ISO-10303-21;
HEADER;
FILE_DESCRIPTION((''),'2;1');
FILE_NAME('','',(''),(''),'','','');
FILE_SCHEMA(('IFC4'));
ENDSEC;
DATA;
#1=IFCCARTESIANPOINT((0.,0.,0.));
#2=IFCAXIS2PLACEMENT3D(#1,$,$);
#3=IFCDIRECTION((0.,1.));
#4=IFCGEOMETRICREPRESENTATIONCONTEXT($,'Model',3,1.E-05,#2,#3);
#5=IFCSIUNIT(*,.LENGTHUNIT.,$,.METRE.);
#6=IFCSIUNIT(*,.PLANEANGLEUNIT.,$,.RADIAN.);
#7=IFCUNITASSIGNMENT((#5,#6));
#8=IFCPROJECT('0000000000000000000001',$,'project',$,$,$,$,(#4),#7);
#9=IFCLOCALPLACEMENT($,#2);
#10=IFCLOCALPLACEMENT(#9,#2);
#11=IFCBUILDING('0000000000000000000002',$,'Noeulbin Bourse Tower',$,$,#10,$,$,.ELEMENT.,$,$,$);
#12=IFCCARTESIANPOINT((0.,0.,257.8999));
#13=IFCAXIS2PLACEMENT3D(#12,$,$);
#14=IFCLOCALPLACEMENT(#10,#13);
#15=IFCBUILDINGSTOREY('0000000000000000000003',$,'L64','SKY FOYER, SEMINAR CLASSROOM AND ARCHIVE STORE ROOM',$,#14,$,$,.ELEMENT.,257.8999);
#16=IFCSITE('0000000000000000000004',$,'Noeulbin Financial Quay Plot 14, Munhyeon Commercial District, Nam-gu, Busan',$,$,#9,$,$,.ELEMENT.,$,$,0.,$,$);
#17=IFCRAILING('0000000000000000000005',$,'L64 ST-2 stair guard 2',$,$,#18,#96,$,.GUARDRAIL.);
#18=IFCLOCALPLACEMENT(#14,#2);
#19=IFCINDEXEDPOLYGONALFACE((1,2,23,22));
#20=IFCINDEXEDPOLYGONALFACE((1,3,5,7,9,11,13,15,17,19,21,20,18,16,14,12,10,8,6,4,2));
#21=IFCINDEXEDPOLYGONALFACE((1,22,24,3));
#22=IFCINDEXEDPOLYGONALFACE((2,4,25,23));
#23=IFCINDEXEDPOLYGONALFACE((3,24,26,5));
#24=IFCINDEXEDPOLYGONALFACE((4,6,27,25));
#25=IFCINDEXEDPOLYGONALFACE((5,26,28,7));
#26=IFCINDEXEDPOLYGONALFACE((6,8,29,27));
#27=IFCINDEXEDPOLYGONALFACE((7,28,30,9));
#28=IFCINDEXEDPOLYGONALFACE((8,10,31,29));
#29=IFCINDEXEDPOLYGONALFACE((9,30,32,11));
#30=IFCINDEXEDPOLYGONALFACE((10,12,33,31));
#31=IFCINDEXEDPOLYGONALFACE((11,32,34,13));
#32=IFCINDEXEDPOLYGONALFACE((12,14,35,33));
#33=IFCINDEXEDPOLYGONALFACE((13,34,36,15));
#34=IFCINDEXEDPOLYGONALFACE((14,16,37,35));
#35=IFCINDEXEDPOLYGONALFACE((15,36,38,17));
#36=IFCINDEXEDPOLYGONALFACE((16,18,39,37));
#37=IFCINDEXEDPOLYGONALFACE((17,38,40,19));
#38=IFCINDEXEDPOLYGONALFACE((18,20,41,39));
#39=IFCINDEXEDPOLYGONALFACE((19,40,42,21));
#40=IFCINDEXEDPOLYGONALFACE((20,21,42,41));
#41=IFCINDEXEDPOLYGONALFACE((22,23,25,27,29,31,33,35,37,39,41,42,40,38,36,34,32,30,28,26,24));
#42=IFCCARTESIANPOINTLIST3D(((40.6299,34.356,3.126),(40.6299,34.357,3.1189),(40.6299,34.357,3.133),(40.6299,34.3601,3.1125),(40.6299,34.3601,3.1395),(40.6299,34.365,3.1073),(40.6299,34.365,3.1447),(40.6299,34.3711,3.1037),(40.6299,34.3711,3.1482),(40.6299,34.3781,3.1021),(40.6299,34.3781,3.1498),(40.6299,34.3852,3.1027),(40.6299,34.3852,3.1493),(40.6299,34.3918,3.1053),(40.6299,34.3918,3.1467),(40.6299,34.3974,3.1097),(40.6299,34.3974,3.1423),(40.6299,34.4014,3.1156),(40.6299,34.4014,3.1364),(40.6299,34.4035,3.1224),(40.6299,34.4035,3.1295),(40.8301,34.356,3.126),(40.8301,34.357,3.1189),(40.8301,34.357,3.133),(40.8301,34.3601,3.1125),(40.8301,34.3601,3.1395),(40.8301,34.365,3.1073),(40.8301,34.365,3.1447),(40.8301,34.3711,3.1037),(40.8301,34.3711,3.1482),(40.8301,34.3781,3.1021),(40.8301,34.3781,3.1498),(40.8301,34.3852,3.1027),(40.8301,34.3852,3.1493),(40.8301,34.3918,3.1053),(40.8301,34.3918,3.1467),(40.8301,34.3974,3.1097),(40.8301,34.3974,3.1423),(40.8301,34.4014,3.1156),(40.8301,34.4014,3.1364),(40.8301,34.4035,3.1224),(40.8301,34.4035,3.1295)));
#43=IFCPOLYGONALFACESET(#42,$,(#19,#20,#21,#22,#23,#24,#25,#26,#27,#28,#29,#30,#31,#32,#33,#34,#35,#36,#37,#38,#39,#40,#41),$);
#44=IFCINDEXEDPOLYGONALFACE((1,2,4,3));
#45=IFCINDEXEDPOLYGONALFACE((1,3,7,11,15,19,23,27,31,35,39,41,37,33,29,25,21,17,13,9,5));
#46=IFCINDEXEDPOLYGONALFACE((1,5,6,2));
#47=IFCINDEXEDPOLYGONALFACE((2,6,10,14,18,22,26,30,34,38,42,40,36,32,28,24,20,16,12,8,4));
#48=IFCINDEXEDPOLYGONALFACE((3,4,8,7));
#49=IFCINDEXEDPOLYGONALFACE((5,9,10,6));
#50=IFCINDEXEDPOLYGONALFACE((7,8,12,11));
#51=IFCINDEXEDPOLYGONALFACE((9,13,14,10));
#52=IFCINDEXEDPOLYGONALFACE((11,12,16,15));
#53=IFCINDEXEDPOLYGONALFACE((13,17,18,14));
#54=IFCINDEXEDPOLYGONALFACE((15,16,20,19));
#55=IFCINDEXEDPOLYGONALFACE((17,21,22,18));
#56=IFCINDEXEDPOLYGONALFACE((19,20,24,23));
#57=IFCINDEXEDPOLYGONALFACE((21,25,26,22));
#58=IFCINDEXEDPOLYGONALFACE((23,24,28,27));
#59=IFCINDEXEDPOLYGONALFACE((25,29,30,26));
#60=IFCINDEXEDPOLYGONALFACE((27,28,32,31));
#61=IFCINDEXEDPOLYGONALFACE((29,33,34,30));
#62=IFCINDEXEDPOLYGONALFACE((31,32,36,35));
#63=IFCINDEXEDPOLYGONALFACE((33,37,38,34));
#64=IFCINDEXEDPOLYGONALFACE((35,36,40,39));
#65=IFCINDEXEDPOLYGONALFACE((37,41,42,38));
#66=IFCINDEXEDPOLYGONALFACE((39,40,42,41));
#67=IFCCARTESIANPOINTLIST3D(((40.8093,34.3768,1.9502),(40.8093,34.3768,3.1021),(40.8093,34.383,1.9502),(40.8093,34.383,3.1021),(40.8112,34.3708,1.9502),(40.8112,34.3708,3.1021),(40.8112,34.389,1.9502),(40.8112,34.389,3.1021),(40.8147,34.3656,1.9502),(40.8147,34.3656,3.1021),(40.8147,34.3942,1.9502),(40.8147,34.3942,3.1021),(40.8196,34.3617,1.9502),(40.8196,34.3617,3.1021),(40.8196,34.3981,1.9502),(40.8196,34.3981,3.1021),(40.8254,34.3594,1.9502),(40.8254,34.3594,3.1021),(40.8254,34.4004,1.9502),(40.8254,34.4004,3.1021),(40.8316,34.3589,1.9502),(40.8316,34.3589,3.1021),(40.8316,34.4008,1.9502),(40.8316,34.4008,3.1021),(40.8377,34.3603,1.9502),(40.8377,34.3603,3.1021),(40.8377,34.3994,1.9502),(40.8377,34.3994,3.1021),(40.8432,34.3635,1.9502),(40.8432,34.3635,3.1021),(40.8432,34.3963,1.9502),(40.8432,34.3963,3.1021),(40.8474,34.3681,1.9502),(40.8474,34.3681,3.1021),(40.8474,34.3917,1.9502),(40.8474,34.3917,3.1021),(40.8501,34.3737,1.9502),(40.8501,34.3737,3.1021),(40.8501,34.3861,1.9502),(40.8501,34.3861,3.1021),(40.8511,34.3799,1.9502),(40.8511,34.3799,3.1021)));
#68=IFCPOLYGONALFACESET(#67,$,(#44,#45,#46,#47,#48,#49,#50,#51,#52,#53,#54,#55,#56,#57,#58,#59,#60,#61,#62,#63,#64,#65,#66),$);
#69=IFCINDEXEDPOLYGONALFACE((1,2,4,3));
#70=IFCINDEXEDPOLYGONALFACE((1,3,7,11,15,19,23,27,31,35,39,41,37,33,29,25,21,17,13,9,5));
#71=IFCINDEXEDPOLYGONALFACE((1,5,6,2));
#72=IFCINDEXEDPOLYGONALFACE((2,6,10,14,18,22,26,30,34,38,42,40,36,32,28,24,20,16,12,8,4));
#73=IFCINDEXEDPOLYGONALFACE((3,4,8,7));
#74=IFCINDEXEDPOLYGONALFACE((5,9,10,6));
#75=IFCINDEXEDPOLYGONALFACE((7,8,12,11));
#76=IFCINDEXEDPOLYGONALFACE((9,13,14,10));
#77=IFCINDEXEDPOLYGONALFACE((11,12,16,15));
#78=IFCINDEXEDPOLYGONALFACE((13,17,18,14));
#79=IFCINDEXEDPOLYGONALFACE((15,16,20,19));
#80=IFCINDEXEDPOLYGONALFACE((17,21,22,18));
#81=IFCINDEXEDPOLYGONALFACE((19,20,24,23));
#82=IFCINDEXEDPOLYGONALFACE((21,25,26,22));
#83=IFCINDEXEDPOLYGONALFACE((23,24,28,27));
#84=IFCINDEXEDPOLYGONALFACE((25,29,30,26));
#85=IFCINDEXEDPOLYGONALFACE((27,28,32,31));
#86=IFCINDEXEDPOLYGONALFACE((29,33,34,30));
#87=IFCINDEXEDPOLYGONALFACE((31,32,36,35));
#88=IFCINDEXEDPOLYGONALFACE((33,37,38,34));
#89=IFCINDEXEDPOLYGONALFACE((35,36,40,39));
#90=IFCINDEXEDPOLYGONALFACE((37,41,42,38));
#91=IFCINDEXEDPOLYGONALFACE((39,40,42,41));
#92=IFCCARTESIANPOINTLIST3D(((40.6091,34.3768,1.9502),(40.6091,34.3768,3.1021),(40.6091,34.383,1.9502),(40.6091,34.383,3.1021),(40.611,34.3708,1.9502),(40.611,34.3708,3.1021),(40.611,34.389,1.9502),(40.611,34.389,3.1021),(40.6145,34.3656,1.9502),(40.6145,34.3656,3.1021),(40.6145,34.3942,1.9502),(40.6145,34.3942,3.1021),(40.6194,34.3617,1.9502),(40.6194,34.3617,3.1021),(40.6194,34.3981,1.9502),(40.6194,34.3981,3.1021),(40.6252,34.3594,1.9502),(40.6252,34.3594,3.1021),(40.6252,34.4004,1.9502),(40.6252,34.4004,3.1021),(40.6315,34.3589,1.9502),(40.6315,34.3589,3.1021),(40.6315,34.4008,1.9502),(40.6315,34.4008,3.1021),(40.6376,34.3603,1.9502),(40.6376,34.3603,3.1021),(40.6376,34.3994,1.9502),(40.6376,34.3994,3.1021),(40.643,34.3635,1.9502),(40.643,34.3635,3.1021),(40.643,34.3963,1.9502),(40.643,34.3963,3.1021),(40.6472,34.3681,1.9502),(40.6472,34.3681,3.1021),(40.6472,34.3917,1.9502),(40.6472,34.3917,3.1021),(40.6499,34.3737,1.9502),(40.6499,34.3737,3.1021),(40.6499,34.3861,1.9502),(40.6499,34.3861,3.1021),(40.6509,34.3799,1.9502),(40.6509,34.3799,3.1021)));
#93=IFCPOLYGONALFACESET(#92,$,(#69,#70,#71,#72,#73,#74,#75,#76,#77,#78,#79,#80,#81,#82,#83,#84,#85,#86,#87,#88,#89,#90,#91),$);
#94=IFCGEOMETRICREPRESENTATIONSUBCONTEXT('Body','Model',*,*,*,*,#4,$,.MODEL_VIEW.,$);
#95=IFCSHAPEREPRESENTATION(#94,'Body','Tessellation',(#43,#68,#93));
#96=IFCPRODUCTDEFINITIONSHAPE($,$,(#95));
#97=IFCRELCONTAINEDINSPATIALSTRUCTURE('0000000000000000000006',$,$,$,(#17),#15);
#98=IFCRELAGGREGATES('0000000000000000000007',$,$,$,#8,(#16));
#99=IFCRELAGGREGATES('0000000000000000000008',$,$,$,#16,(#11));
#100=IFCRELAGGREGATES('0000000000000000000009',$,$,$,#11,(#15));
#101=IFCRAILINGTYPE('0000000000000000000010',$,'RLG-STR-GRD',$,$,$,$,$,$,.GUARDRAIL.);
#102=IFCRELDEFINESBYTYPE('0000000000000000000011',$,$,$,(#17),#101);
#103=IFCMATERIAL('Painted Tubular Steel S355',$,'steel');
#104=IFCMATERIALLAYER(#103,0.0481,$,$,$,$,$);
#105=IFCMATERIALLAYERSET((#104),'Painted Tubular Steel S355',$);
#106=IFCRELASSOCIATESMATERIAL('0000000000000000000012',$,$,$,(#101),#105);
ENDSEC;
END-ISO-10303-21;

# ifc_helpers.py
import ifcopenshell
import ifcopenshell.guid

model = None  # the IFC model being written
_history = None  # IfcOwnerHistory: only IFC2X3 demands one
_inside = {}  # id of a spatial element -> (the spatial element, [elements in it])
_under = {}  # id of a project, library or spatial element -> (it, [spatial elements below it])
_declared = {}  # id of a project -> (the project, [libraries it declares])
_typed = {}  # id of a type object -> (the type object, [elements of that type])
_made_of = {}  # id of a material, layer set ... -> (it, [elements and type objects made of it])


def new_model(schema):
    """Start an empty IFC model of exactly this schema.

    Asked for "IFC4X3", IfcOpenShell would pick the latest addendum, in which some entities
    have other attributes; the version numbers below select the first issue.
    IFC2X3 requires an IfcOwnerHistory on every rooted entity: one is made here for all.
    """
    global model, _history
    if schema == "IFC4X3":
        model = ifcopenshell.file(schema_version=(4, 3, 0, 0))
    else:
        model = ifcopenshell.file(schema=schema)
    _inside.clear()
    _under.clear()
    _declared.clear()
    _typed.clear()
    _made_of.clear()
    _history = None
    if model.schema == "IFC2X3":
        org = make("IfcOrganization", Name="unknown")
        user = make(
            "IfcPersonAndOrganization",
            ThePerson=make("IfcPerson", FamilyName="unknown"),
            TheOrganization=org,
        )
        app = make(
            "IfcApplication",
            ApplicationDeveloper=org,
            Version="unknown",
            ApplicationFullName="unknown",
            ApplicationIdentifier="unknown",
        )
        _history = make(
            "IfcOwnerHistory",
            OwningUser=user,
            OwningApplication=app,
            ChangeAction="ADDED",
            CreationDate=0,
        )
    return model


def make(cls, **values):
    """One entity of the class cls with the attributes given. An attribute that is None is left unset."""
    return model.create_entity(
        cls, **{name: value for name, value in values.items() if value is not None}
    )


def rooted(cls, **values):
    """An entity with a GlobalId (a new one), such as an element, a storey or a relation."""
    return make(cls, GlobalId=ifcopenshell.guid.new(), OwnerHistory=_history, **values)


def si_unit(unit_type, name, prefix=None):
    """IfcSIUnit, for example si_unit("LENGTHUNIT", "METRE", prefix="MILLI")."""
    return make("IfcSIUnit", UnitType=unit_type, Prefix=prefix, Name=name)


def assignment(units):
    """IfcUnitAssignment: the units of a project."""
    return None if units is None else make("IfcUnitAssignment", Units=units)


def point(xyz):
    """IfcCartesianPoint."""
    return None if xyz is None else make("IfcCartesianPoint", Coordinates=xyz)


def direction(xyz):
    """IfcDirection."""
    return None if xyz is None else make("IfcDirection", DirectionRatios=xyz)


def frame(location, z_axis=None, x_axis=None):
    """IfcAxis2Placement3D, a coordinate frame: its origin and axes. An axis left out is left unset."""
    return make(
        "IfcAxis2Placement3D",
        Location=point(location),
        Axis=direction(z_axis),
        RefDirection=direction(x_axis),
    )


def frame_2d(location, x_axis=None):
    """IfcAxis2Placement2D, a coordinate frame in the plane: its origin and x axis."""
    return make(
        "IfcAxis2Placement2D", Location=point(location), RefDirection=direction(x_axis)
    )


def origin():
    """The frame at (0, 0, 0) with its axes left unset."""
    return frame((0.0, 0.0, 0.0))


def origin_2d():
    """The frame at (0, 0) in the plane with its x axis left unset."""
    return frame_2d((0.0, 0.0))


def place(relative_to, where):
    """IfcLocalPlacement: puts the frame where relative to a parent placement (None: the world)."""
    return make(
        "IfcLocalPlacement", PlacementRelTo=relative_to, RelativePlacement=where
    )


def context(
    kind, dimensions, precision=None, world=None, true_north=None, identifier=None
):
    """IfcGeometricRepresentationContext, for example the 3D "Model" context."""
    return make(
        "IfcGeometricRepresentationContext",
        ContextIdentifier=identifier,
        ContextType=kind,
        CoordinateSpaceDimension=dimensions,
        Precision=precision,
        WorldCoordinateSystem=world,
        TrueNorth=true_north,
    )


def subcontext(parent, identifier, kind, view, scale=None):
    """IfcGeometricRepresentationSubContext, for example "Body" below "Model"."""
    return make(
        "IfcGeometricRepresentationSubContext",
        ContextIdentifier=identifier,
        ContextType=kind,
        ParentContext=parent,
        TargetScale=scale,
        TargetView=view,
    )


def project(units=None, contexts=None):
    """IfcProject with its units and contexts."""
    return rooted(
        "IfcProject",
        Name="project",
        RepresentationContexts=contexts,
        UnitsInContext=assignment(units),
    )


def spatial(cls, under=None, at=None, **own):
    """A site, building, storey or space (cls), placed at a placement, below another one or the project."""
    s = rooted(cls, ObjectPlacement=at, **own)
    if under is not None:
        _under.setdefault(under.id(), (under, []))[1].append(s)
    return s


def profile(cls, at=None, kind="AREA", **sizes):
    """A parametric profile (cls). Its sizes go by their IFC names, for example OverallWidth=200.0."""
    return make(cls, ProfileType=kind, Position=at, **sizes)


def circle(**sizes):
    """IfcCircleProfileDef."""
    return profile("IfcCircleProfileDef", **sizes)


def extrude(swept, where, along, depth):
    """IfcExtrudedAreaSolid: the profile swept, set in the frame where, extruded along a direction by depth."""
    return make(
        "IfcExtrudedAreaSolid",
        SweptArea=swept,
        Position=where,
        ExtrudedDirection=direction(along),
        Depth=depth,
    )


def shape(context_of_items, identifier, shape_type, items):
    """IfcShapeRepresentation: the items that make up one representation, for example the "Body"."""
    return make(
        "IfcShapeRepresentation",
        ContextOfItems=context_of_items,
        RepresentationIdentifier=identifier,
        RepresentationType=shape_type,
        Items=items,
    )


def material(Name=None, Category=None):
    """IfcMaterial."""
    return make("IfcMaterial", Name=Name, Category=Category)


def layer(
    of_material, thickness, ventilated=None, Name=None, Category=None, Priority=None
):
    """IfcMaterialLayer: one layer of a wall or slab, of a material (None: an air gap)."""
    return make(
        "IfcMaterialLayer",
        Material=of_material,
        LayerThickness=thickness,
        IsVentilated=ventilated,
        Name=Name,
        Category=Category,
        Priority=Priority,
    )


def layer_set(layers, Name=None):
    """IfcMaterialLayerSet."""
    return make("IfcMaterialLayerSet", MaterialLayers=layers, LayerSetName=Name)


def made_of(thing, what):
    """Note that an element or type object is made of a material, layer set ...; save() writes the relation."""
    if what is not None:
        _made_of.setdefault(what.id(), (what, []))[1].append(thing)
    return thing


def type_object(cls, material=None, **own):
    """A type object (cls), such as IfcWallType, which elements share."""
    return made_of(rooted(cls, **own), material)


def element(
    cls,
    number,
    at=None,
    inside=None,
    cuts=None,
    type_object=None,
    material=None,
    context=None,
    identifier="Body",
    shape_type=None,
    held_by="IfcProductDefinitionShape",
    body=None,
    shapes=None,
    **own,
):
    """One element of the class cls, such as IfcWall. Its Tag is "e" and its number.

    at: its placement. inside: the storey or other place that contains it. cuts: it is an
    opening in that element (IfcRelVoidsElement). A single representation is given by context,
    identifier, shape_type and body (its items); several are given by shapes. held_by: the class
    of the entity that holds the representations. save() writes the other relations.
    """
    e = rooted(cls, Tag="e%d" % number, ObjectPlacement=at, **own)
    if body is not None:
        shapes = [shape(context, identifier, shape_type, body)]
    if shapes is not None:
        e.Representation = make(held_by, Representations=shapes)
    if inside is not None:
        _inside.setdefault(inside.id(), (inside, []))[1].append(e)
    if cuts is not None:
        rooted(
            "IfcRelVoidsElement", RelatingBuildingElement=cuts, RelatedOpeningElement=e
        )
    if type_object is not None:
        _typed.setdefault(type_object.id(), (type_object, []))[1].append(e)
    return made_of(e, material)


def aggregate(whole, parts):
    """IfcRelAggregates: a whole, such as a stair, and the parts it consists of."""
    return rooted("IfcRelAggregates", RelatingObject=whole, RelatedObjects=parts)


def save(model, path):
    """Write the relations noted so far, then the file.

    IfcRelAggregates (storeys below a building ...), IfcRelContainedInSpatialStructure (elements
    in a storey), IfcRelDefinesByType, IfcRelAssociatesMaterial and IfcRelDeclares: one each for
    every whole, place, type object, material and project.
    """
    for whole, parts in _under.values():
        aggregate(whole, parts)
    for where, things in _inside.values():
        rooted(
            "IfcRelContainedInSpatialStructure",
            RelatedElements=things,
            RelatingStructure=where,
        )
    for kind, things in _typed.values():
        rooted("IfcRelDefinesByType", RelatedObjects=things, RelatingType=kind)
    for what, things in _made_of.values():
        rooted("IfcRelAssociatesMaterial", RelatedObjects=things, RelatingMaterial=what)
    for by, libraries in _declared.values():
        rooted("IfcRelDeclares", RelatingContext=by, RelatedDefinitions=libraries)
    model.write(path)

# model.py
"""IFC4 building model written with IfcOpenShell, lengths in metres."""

from ifc_helpers import new_model, si_unit, direction, frame, origin, origin_2d, place, context, subcontext, project, spatial, circle, extrude, material, layer, layer_set, type_object, element, save


model = new_model("IFC4")

# Units and contexts
model_context = context("Model", 3, precision=1e-05, world=origin(), true_north=direction((0.0, 1.0)))
body_context = subcontext(model_context, "Body", "Model", "MODEL_VIEW")
ifc_project = project(units=[si_unit("LENGTHUNIT", "METRE"), si_unit("PLANEANGLEUNIT", "RADIAN")], contexts=[model_context])

# Site, building, storey
site_placement = place(None, origin())
site = spatial("IfcSite", under=ifc_project, at=site_placement, Name="Noeulbin Financial Quay Plot 14, Munhyeon Commercial District, Nam-gu, Busan", CompositionType="ELEMENT", RefElevation=0.0)
building_placement = place(site_placement, origin())
building = spatial("IfcBuilding", under=site, at=building_placement, Name="Noeulbin Bourse Tower", CompositionType="ELEMENT")
storey_placement = place(building_placement, frame((0.0, 0.0, 257.8999)))
storey = spatial("IfcBuildingStorey", under=building, at=storey_placement, Name="L64", Description="SKY FOYER, SEMINAR CLASSROOM AND ARCHIVE STORE ROOM", CompositionType="ELEMENT", Elevation=257.8999)

# Railing
ifc_material_1 = material(Name="Painted Tubular Steel S355", Category="steel")
ifc_layer_1 = layer(ifc_material_1, 0.0481)
ifc_layer_set_1 = layer_set([ifc_layer_1], Name="Painted Tubular Steel S355")
railing_type_1 = type_object("IfcRailingType", Name="RLG-STR-GRD", PredefinedType="GUARDRAIL", material=ifc_layer_set_1)
railing_1_placement = place(storey_placement, frame((40.8301, 34.3799, 1.9502)))
element("IfcRailing", 1, at=railing_1_placement, inside=storey, type_object=railing_type_1, Name="L64 ST-2 stair guard 2", PredefinedType="GUARDRAIL", context=body_context, shape_type="SweptSolid", body=[
    extrude(circle(Radius=0.0239, at=origin_2d()), frame((0.0, 0.0, 1.1758), z_axis=(-1.0, 0.0, 0.0), x_axis=(0.0, -1.0, 0.0)), (0.0, 0.0, 1.0), 0.2002),
    extrude(circle(Radius=0.021, at=origin_2d()), origin(), (0.0, 0.0, 1.0), 1.1519),
    extrude(circle(Radius=0.021, at=origin_2d()), frame((-0.2002, 0.0, 0.0)), (0.0, 0.0, 1.0), 1.1519),
])

save(model, "model.ifc")
